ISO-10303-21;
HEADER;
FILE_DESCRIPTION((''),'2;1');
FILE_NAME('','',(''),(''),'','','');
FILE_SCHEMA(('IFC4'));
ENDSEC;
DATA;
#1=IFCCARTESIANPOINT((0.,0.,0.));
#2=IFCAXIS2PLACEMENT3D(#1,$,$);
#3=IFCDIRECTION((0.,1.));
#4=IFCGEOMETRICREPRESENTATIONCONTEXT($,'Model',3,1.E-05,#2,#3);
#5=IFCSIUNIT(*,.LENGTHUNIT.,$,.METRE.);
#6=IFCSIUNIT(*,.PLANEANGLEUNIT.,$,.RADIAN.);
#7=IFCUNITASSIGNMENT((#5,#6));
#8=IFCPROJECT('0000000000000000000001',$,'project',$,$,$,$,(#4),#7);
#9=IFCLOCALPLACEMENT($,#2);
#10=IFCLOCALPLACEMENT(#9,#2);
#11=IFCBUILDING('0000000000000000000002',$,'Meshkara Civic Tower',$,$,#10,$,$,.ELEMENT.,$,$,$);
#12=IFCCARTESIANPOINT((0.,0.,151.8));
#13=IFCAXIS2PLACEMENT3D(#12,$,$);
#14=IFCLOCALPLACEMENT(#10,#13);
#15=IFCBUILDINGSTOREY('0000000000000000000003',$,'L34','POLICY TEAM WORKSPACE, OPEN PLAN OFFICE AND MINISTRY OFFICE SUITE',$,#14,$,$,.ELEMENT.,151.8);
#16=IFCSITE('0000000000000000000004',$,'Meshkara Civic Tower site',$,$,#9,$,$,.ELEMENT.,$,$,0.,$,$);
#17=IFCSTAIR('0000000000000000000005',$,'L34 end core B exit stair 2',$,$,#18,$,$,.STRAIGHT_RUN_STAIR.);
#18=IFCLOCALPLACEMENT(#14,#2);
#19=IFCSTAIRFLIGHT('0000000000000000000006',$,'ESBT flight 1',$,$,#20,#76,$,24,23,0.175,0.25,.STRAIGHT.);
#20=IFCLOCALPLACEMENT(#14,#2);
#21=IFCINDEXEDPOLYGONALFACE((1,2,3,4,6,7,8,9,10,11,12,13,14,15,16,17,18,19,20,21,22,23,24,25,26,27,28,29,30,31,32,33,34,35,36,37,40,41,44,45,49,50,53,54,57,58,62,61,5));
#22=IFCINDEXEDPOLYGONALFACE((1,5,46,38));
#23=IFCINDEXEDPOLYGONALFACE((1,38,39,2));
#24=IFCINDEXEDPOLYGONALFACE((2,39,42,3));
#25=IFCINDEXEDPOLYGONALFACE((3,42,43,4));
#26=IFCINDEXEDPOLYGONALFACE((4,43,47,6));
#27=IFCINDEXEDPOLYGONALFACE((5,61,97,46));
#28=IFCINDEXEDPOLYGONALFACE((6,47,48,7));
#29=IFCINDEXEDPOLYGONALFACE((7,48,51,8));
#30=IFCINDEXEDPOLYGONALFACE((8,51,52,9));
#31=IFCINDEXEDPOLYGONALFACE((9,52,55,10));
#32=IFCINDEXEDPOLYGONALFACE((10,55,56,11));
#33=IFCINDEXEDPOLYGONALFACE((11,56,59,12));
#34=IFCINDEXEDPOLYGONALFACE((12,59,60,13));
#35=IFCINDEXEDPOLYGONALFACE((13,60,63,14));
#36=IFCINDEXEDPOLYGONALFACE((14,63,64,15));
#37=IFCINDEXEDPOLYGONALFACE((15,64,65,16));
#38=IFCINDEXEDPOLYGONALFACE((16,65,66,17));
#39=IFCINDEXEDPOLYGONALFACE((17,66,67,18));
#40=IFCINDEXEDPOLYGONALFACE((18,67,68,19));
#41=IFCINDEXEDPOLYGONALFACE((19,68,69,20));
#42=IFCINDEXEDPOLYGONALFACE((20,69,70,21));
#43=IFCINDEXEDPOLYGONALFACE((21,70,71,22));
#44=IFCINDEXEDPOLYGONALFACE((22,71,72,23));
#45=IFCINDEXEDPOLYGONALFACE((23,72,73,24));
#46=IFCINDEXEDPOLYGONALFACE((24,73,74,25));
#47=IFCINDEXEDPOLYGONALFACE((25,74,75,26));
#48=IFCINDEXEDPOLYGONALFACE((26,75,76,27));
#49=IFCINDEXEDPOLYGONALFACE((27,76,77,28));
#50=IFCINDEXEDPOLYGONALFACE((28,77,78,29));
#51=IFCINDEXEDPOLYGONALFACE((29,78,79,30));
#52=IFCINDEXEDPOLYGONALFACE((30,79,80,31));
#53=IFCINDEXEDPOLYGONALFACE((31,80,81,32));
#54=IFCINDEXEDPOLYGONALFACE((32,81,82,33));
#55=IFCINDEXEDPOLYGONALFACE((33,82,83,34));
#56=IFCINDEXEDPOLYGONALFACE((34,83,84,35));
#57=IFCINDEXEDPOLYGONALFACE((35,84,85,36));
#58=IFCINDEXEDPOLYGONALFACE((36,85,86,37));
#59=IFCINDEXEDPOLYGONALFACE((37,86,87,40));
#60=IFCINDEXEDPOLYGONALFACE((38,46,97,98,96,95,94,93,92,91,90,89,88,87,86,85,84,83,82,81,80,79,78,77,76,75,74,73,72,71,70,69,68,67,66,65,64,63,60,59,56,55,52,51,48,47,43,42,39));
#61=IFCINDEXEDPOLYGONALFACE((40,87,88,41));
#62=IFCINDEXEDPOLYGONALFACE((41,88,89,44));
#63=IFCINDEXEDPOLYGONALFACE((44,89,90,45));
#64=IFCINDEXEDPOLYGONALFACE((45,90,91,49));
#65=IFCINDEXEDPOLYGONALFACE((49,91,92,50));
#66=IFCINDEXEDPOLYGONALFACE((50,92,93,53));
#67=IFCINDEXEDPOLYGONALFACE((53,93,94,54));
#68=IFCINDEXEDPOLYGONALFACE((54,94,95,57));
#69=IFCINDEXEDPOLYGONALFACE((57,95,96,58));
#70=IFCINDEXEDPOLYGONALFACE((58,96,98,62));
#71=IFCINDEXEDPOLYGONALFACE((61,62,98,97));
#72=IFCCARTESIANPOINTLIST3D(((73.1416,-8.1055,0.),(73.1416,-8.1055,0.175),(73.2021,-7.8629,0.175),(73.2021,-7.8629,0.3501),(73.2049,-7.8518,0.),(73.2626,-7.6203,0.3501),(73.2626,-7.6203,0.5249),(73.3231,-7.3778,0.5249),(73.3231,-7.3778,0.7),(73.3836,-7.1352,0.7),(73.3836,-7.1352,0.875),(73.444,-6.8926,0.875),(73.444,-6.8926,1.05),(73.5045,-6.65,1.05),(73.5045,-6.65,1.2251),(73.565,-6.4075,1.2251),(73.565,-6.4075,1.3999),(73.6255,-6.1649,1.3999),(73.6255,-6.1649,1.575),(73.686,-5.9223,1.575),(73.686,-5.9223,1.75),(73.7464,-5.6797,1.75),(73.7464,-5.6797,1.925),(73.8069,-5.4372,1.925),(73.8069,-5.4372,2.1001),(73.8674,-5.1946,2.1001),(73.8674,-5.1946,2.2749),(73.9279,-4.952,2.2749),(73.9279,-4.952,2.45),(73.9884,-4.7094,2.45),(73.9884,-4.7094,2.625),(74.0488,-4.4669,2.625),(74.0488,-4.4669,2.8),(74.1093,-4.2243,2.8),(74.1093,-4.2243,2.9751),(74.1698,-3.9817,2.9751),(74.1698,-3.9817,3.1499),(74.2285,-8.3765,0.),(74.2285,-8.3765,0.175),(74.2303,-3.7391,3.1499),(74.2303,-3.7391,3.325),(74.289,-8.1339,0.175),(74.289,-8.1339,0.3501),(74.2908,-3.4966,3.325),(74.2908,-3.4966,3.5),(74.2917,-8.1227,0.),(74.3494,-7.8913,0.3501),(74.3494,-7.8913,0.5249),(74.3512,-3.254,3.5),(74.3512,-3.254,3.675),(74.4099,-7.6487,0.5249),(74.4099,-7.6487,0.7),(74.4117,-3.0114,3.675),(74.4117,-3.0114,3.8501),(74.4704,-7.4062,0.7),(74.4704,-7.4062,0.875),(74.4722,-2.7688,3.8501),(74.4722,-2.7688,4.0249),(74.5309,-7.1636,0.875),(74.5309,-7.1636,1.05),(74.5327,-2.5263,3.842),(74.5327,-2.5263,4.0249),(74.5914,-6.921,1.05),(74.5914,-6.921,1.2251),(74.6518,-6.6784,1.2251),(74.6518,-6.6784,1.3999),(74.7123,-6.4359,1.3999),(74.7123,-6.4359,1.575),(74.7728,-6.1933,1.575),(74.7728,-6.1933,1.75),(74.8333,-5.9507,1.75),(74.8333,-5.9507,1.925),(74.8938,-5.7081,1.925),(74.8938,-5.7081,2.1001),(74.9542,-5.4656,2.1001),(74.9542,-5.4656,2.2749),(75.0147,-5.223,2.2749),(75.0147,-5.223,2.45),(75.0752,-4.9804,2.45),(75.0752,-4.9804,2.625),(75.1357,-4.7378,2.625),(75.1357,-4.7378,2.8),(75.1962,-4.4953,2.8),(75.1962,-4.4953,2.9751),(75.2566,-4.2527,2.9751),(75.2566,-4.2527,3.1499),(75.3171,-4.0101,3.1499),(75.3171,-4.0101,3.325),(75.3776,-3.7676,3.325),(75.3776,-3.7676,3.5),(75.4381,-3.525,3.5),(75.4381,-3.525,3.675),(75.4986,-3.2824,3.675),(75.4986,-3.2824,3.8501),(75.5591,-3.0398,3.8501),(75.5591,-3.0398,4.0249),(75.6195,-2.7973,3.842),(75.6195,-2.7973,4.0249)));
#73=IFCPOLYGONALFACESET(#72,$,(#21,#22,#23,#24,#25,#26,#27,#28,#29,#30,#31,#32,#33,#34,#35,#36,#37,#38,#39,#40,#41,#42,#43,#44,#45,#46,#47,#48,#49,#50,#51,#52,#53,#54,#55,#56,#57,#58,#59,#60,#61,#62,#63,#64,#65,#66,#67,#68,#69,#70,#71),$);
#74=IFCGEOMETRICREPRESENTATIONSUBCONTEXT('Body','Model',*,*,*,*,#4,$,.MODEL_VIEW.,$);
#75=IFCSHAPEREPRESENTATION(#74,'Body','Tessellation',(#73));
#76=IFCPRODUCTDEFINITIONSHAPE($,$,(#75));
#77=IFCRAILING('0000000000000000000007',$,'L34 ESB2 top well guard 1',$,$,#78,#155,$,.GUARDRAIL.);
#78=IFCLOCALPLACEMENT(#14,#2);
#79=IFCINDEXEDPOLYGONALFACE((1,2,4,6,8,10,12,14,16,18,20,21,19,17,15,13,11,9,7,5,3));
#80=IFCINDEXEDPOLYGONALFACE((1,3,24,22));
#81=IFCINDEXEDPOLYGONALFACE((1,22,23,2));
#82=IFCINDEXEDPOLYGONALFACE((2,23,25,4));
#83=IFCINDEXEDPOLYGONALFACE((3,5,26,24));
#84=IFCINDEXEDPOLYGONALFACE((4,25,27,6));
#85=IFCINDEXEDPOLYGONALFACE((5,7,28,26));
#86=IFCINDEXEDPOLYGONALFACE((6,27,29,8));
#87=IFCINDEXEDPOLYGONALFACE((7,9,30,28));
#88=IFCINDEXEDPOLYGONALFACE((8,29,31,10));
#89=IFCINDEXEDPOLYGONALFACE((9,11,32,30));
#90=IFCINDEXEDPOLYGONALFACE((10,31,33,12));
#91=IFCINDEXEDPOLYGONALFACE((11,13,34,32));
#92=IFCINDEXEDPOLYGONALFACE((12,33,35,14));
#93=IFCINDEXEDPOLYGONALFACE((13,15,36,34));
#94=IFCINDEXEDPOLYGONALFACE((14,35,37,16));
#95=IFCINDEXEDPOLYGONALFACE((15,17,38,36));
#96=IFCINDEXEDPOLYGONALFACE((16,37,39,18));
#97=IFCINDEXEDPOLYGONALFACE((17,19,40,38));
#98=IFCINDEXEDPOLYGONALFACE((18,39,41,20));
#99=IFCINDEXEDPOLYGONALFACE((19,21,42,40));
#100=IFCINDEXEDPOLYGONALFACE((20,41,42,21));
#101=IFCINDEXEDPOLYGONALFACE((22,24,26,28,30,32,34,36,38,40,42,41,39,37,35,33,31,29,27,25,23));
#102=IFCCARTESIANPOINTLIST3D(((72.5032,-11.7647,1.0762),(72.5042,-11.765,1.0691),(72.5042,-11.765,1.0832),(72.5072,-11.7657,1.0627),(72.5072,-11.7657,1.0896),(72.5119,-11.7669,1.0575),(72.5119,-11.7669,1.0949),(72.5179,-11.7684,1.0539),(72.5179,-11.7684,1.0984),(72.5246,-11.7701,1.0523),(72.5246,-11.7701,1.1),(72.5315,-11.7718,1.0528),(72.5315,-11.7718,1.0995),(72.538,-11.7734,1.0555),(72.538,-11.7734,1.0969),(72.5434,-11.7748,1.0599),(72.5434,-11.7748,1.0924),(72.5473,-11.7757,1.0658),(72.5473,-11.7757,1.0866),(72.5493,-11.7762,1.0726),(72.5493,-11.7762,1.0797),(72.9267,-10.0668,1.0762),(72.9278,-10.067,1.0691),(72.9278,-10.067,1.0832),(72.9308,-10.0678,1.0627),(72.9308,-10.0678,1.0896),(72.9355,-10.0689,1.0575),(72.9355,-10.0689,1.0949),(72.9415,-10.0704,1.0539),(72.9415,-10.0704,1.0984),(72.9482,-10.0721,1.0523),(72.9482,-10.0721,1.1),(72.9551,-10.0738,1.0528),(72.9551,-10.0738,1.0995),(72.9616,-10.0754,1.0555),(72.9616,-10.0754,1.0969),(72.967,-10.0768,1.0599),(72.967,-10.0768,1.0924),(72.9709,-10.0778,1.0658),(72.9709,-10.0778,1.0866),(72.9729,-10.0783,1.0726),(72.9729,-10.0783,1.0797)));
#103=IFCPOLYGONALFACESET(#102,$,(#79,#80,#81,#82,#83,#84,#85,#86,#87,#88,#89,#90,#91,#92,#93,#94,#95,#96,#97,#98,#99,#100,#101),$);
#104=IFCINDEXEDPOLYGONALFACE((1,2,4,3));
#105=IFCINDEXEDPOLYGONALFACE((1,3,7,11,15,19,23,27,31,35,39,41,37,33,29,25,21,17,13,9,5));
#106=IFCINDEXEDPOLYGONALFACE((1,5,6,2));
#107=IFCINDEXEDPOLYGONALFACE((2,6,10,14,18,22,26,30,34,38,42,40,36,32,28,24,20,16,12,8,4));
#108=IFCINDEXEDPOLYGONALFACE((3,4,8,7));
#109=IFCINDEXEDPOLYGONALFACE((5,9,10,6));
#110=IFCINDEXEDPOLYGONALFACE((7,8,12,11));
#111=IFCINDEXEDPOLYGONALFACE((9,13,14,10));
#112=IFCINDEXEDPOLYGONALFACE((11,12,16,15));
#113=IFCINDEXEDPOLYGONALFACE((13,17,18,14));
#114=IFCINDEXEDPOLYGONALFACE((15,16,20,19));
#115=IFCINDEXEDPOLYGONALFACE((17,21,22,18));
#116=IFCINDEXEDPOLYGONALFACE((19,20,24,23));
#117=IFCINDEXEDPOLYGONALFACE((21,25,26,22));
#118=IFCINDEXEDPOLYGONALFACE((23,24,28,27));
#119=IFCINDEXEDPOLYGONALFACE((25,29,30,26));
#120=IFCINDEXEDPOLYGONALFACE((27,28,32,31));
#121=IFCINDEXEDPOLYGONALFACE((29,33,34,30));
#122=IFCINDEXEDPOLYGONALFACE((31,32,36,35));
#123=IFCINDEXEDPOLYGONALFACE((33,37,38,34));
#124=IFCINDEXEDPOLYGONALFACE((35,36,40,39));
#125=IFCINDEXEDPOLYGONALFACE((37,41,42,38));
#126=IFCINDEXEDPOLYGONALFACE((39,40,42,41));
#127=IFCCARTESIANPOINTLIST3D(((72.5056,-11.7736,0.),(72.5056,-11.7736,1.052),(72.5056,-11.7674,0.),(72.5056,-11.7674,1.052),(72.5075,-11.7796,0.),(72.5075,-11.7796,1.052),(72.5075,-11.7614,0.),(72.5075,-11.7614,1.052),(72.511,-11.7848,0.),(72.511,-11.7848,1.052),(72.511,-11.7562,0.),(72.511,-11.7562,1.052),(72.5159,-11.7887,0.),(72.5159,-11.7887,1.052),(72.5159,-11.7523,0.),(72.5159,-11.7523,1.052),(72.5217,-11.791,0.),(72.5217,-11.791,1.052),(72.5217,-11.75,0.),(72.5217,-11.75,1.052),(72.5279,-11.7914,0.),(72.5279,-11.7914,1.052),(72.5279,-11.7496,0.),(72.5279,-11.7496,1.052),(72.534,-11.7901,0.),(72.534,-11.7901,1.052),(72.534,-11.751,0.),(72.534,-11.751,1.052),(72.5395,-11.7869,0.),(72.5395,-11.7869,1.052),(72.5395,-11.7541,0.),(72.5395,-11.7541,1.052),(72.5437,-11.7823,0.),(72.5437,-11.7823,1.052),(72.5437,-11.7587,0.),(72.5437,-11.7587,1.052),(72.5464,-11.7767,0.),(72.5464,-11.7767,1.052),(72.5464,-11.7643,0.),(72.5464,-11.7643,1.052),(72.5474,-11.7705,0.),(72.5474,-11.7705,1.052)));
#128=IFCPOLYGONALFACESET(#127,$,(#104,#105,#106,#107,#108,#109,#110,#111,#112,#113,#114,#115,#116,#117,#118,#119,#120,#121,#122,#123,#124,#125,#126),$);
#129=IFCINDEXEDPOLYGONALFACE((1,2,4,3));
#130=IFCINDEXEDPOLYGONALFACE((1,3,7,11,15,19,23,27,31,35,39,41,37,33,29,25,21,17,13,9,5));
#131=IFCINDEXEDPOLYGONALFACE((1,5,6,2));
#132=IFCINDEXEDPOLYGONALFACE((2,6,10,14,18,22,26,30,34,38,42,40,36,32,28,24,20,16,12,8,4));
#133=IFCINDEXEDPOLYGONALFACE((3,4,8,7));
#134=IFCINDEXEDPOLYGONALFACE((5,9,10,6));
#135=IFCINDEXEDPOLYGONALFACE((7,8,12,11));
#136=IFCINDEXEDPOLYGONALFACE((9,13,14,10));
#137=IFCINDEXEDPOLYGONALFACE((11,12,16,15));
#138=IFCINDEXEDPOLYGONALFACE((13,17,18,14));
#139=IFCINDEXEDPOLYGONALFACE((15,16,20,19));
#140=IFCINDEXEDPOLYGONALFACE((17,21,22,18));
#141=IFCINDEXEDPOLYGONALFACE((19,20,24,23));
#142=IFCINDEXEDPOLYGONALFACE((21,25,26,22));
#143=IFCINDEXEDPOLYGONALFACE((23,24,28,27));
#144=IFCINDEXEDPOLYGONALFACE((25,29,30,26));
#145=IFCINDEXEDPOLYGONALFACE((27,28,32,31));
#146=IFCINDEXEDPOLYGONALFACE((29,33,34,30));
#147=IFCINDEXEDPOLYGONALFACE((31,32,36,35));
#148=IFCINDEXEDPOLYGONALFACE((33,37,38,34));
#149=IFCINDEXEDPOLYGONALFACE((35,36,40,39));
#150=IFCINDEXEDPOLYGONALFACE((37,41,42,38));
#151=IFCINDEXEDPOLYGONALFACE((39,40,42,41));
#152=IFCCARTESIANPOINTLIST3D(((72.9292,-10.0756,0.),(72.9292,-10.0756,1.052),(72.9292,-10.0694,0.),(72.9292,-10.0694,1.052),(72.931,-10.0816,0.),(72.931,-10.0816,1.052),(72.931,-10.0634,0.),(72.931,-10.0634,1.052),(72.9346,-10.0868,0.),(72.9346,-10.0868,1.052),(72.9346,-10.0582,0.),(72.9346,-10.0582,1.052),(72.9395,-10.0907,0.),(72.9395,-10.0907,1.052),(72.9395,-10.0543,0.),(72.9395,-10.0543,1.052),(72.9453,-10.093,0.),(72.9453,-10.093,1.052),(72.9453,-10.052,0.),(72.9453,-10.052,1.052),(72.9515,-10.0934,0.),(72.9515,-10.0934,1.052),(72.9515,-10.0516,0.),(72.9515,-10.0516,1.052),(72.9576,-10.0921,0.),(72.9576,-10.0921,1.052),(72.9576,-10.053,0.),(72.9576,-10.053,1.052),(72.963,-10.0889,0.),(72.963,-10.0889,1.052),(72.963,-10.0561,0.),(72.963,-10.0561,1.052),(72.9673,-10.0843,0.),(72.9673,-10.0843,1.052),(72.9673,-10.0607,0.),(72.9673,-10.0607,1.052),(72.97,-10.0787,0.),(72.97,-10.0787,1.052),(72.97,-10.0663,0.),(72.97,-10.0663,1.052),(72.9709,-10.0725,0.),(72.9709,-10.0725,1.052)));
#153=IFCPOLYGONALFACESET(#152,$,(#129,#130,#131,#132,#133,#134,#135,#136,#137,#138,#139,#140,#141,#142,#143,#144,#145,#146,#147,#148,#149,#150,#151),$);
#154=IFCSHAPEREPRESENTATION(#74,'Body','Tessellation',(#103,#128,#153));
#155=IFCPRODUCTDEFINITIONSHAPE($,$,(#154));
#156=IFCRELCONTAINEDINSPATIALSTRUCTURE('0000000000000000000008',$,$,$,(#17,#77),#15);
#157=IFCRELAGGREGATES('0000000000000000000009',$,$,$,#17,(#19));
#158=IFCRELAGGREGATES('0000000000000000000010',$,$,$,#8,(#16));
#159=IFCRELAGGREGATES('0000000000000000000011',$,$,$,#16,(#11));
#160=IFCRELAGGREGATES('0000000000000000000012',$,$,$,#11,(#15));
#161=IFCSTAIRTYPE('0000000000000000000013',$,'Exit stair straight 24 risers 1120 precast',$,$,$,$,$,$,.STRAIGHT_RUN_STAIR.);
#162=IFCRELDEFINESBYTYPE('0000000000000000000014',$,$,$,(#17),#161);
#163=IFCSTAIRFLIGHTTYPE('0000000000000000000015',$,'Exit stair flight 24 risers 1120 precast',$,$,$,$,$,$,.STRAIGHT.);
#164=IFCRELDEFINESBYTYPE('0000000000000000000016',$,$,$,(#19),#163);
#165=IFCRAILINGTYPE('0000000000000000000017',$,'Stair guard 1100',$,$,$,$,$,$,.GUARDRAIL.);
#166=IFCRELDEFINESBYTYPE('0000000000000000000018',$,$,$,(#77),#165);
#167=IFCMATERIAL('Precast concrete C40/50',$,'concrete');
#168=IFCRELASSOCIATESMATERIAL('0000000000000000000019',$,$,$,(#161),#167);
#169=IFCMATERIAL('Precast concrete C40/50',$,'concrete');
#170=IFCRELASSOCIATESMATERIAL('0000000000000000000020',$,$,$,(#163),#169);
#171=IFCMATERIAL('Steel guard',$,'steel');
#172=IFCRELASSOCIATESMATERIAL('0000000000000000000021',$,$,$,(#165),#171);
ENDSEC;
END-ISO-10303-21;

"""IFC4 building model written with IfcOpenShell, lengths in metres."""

from ifc_helpers import new_model, si_unit, direction, frame, origin, origin_2d, place, context, subcontext, project, spatial, polyline, circle, outline, extrude, material, type_object, element, aggregate, save


model = new_model("IFC4")

# Units and contexts
model_context = context("Model", 3, precision=1e-05, world=origin(), true_north=direction((0.0, 1.0)))
body_context = subcontext(model_context, "Body", "Model", "MODEL_VIEW")
ifc_project = project(units=[si_unit("LENGTHUNIT", "METRE"), si_unit("PLANEANGLEUNIT", "RADIAN")], contexts=[model_context])

# Site, building, storey
site_placement = place(None, origin())
site = spatial("IfcSite", under=ifc_project, at=site_placement, Name="Meshkara Civic Tower site", CompositionType="ELEMENT", RefElevation=0.0)
building_placement = place(site_placement, origin())
building = spatial("IfcBuilding", under=site, at=building_placement, Name="Meshkara Civic Tower", CompositionType="ELEMENT")
storey_placement = place(building_placement, frame((0.0, 0.0, 151.8)))
storey = spatial("IfcBuildingStorey", under=building, at=storey_placement, Name="L34", Description="POLICY TEAM WORKSPACE, OPEN PLAN OFFICE AND MINISTRY OFFICE SUITE", CompositionType="ELEMENT", Elevation=151.8)

# Stair, stair flight
ifc_material_1 = material(Name="Precast concrete C40/50", Category="concrete")
stair_type = type_object("IfcStairType", Name="Exit stair straight 24 risers 1120 precast", PredefinedType="STRAIGHT_RUN_STAIR", material=ifc_material_1)
stair_placement = place(storey_placement, origin())
stair = element("IfcStair", 1, at=stair_placement, inside=storey, type_object=stair_type, Name="L34 end core B exit stair 2", PredefinedType="STRAIGHT_RUN_STAIR")
ifc_material_2 = material(Name="Precast concrete C40/50", Category="concrete")
stair_flight_type = type_object("IfcStairFlightType", Name="Exit stair flight 24 risers 1120 precast", PredefinedType="STRAIGHT", material=ifc_material_2)
stair_flight_placement = place(storey_placement, frame((73.6851, -8.241, 0.0), z_axis=(0.0, 0.0, 1.0), x_axis=(0.241922, 0.970296, 0.0)))
stair_flight = element("IfcStairFlight", 2, at=stair_flight_placement, type_object=stair_flight_type, Name="ESBT flight 1", NumberOfRisers=24, NumberOfTreads=23, PredefinedType="STRAIGHT", RiserHeight=0.175, TreadLength=0.25, context=body_context, shape_type="SweptSolid", body=[
    extrude(outline(polyline([(0.0, 0.0), (0.0, 0.175), (0.25, 0.175), (0.25, 0.3501), (0.5, 0.3501), (0.5, 0.5249), (0.75, 0.5249), (0.75, 0.7), (1.0, 0.7), (1.0, 0.875), (1.25, 0.875), (1.25, 1.05), (1.5, 1.05), (1.5, 1.2251), (1.75, 1.2251), (1.75, 1.3999), (2.0, 1.3999), (2.0, 1.575), (2.25, 1.575), (2.25, 1.75), (2.5, 1.75), (2.5, 1.925), (2.75, 1.925), (2.75, 2.1001), (3.0, 2.1001), (3.0, 2.2749), (3.25, 2.2749), (3.25, 2.45), (3.5, 2.45), (3.5, 2.625), (3.75, 2.625), (3.75, 2.8), (4.0, 2.8), (4.0, 2.9751), (4.25, 2.9751), (4.25, 3.1499), (4.5, 3.1499), (4.5, 3.325), (4.75, 3.325), (4.75, 3.5), (5.0, 3.5), (5.0, 3.675), (5.25, 3.675), (5.25, 3.8501), (5.5, 3.8501), (5.5, 4.0249), (5.75, 4.0249), (5.75, 4.2), (5.75, 3.842), (0.2615, 0.0), (0.0, 0.0)])), frame((0.0, 0.5601, 0.0), z_axis=(0.0, -1.0, 0.0), x_axis=(1.0, 0.0, 0.0)), (0.0, 0.0, 1.0), 1.1201),
])
aggregate(stair, [stair_flight])

# Railing
ifc_material_3 = material(Name="Steel guard", Category="steel")
railing_type_1 = type_object("IfcRailingType", Name="Stair guard 1100", PredefinedType="GUARDRAIL", material=ifc_material_3)
railing_1_placement = place(storey_placement, frame((72.5264, -11.7705, 0.0)))
element("IfcRailing", 3, at=railing_1_placement, inside=storey, type_object=railing_type_1, Name="L34 ESB2 top well guard 1", PredefinedType="GUARDRAIL", context=body_context, shape_type="SweptSolid", body=[
    extrude(circle(Radius=0.0239, at=origin_2d()), frame((0.0, 0.0, 1.0762), z_axis=(0.242043, 0.970265, 0.0), x_axis=(-0.970265, 0.242043, 0.0)), (0.0, 0.0, 1.0), 1.75),
    extrude(circle(Radius=0.021, at=origin_2d()), origin(), (0.0, 0.0, 1.0), 1.052),
    extrude(circle(Radius=0.021, at=origin_2d()), frame((0.4236, 1.698, 0.0)), (0.0, 0.0, 1.0), 1.052),
])

save(model, "model.ifc")
